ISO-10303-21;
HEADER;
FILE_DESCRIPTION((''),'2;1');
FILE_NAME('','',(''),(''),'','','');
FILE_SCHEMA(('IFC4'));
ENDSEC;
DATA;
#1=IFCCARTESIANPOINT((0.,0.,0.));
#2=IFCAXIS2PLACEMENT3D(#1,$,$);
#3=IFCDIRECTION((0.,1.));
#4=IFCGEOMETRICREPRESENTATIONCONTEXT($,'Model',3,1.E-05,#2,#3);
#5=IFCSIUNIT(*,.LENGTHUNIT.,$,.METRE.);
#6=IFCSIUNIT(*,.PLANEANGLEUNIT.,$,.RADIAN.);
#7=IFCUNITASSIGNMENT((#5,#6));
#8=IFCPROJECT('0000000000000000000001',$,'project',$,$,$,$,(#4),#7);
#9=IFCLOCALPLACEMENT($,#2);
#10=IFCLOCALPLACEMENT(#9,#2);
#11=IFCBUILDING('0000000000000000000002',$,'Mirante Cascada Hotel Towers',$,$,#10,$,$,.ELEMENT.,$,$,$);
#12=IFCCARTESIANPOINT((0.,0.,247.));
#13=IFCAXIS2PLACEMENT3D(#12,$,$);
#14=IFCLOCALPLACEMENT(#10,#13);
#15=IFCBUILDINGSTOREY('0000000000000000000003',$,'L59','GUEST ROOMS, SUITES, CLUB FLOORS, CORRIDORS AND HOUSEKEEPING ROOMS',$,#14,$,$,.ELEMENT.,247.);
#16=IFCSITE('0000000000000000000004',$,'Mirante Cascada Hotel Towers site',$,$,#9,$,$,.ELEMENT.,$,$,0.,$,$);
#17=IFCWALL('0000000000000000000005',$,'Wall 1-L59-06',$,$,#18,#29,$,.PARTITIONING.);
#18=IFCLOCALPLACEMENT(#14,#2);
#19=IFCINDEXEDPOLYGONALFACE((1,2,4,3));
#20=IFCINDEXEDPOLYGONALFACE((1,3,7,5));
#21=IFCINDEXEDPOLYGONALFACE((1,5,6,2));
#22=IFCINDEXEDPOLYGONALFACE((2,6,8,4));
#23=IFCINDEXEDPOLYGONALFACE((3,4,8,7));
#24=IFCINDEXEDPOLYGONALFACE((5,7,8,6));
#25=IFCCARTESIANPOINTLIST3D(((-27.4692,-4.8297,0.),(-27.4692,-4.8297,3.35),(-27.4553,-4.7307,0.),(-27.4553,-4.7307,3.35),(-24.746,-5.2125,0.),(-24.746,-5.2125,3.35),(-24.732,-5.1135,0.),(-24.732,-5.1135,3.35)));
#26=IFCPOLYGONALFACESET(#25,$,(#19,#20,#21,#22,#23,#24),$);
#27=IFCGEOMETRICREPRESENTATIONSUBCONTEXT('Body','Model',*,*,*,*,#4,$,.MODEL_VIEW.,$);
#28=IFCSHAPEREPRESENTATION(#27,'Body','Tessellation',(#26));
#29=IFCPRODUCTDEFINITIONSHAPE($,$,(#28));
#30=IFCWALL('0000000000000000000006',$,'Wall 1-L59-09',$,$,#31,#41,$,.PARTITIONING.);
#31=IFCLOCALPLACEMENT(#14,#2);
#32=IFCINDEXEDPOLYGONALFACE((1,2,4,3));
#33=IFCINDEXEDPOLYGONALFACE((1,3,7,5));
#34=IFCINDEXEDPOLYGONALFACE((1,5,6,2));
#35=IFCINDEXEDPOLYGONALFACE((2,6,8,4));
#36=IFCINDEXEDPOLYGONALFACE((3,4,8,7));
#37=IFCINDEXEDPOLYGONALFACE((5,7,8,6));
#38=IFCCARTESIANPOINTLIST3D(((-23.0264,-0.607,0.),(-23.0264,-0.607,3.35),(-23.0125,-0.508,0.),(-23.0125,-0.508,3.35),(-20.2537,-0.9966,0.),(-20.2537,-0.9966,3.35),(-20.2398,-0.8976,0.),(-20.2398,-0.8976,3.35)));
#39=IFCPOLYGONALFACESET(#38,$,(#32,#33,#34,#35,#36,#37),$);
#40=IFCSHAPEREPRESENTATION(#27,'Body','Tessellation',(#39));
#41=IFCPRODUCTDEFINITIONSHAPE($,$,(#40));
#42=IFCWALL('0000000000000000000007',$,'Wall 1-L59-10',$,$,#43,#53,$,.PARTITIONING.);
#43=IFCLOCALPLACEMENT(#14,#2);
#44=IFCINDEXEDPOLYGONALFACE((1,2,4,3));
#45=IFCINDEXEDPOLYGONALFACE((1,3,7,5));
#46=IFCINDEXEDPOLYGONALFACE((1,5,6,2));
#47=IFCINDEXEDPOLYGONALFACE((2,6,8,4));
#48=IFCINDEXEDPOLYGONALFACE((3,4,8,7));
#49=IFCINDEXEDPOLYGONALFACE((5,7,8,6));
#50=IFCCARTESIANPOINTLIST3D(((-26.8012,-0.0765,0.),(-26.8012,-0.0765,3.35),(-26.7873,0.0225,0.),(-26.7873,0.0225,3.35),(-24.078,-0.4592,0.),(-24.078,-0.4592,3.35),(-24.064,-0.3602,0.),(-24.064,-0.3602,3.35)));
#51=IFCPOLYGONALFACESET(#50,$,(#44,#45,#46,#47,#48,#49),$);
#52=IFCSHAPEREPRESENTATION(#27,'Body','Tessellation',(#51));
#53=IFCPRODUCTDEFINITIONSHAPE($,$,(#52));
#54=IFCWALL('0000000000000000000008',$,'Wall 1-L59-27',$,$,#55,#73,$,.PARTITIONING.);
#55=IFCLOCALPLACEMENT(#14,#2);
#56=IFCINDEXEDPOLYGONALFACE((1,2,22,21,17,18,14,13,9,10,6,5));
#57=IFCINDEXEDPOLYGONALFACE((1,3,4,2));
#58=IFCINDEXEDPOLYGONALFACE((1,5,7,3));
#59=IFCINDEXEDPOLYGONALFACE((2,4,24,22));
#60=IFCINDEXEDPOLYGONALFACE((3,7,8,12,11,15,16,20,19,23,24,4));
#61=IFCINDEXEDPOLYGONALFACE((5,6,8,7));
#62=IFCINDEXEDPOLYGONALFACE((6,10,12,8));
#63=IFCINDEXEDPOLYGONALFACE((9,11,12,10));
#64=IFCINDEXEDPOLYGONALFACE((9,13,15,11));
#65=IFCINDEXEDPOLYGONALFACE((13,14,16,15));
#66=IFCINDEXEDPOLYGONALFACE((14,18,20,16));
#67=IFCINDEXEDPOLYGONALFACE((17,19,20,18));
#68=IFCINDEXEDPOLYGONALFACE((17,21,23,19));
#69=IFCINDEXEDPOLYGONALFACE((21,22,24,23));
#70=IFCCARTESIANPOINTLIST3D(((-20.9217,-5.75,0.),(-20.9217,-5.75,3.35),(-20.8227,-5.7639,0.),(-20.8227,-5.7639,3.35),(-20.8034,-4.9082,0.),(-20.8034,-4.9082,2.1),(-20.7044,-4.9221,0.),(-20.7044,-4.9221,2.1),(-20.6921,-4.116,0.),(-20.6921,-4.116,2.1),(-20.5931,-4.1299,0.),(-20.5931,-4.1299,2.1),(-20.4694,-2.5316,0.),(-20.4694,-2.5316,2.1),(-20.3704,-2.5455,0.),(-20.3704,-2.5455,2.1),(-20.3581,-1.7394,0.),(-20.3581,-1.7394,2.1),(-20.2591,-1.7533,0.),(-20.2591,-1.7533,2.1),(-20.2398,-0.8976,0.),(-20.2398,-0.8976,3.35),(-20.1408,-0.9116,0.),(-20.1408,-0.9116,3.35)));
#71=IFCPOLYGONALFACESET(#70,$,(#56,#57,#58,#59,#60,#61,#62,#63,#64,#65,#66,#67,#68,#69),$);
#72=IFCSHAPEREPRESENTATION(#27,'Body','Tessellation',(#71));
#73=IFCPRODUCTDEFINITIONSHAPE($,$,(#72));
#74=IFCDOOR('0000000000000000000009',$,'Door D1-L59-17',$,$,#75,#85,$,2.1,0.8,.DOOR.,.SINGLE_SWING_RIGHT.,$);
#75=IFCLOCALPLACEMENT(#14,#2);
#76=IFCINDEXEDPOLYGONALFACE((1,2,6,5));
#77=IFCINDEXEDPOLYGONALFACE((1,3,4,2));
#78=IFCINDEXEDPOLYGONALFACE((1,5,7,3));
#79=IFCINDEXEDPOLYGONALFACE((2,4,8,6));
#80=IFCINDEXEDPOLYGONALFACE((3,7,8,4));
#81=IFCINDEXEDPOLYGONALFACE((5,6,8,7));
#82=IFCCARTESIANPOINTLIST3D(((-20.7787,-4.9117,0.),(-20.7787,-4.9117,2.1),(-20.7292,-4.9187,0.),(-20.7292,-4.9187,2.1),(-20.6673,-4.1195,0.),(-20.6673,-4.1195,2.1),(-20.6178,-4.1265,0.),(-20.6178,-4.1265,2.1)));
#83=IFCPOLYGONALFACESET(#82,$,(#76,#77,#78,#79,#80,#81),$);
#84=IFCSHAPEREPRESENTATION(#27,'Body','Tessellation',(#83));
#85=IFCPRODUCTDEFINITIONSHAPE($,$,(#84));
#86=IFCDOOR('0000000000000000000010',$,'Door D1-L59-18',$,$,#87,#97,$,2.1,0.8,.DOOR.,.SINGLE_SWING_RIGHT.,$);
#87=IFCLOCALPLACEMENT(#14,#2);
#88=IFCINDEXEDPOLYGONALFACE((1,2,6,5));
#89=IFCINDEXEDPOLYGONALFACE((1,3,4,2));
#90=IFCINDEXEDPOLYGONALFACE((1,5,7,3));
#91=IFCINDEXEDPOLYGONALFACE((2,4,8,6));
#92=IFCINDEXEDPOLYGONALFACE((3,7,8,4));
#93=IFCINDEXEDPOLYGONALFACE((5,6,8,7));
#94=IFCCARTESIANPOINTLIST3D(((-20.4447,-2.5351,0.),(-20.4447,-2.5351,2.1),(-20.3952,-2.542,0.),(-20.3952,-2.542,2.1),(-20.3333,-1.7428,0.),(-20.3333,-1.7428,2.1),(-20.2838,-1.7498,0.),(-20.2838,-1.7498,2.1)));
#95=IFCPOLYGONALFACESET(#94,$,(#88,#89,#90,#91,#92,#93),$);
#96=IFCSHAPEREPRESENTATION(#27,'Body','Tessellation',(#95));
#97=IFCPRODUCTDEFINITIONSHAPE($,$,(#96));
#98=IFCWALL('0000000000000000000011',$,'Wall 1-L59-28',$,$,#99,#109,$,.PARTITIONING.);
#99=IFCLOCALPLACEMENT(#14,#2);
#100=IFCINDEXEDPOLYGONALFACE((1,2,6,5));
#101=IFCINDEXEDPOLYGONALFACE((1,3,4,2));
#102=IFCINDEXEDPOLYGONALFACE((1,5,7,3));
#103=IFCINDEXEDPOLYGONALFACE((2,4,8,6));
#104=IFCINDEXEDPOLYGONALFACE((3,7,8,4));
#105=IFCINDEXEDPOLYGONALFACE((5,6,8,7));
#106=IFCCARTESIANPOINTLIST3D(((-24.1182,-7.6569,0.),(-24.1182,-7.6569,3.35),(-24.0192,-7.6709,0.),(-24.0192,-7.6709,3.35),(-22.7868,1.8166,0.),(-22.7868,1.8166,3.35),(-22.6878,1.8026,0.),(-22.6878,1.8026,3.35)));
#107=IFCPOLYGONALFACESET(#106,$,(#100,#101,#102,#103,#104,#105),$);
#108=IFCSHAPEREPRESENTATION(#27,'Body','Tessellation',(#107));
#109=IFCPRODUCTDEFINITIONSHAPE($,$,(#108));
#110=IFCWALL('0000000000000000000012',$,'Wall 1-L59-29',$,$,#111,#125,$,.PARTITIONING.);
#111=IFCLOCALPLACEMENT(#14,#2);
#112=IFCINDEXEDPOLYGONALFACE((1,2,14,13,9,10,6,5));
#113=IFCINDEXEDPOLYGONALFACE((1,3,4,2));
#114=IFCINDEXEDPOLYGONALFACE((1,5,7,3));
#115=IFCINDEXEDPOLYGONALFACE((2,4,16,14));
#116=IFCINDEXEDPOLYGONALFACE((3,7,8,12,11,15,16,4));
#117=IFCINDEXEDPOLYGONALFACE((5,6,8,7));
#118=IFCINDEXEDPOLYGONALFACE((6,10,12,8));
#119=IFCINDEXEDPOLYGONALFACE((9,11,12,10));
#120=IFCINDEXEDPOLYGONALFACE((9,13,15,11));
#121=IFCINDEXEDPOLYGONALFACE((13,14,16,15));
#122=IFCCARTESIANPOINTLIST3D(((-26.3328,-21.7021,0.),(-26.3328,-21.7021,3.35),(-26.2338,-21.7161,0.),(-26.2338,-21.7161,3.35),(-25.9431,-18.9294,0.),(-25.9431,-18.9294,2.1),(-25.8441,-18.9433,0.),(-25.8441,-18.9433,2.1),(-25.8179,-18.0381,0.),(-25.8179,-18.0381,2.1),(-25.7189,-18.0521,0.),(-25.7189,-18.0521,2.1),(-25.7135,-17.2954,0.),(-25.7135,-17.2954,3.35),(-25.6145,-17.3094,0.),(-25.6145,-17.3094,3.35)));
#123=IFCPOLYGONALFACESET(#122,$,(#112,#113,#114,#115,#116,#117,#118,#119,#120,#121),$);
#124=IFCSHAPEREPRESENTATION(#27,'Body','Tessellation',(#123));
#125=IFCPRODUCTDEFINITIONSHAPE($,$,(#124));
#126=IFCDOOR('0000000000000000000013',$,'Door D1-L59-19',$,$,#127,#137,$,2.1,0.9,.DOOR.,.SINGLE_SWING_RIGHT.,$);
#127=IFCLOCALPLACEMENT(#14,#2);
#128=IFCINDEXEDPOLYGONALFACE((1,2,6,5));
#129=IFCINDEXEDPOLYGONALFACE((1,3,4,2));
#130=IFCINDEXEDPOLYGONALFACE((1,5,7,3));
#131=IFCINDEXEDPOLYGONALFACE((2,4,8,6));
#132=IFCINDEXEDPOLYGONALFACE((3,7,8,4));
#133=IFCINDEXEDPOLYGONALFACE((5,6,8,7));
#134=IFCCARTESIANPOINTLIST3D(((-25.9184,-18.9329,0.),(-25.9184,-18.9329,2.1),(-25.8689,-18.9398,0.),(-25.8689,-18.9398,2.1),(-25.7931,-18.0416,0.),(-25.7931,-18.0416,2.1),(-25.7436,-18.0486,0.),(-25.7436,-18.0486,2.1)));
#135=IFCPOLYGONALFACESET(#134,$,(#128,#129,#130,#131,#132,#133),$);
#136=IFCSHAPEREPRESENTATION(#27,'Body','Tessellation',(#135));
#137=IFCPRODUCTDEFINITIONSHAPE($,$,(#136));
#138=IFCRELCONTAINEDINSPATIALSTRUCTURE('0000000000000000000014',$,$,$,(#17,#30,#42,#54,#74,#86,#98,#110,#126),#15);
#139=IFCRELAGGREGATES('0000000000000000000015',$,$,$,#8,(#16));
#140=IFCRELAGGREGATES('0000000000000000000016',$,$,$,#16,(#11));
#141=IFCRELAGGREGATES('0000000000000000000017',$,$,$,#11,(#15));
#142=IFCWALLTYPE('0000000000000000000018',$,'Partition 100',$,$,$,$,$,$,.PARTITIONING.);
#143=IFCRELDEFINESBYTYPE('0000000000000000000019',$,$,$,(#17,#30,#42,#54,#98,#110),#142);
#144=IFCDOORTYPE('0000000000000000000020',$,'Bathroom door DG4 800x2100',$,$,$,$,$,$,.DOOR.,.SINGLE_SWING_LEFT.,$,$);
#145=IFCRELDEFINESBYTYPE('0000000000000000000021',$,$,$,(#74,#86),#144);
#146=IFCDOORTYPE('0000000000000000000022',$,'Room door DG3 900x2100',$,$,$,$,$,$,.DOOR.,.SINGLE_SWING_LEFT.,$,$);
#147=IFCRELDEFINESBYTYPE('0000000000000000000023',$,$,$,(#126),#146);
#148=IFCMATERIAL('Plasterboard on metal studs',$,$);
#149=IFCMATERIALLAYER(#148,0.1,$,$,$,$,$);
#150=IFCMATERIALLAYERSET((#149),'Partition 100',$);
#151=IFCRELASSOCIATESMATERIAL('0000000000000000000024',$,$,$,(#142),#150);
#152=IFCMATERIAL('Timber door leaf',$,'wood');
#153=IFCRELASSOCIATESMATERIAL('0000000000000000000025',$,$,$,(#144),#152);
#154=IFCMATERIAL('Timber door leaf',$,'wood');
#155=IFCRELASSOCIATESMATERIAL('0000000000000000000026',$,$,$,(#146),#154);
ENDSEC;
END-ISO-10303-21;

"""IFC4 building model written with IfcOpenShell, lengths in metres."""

from ifc_helpers import new_model, si_unit, direction, frame, frame_2d, origin, place, context, subcontext, project, spatial, rectangle, extrude, material, layer, layer_set, type_object, element, fill, save


model = new_model("IFC4")

# Units and contexts
model_context = context("Model", 3, precision=1e-05, world=origin(), true_north=direction((0.0, 1.0)))
body_context = subcontext(model_context, "Body", "Model", "MODEL_VIEW")
ifc_project = project(units=[si_unit("LENGTHUNIT", "METRE"), si_unit("PLANEANGLEUNIT", "RADIAN")], contexts=[model_context])

# Site, building, storey
site_placement = place(None, origin())
site = spatial("IfcSite", under=ifc_project, at=site_placement, Name="Mirante Cascada Hotel Towers site", CompositionType="ELEMENT", RefElevation=0.0)
building_placement = place(site_placement, origin())
building = spatial("IfcBuilding", under=site, at=building_placement, Name="Mirante Cascada Hotel Towers", CompositionType="ELEMENT")
storey_placement = place(building_placement, frame((0.0, 0.0, 247.0)))
storey = spatial("IfcBuildingStorey", under=building, at=storey_placement, Name="L59", Description="GUEST ROOMS, SUITES, CLUB FLOORS, CORRIDORS AND HOUSEKEEPING ROOMS", CompositionType="ELEMENT", Elevation=247.0)

# Walls
ifc_material_1 = material(Name="Plasterboard on metal studs")
ifc_layer_1 = layer(ifc_material_1, 0.1)
ifc_layer_set_1 = layer_set([ifc_layer_1], Name="Partition 100")
wall_type_1 = type_object("IfcWallType", Name="Partition 100", PredefinedType="PARTITIONING", material=ifc_layer_set_1)
wall_1_placement = place(storey_placement, frame((-24.739, -5.163, 0.0), z_axis=(0.0, 0.0, 1.0), x_axis=(-0.990264, 0.139201, 0.0)))
element("IfcWall", 1, at=wall_1_placement, inside=storey, type_object=wall_type_1, Name="Wall 1-L59-06", PredefinedType="PARTITIONING", context=body_context, shape_type="SweptSolid", body=[
    extrude(rectangle(XDim=2.75, YDim=0.1, at=frame_2d((1.375, 0.0))), origin(), (0.0, 0.0, 1.0), 3.35),
])
wall_2_placement = place(storey_placement, frame((-23.0195, -0.5575, 0.0), z_axis=(0.0, 0.0, 1.0), x_axis=(0.990272, -0.139146, 0.0)))
element("IfcWall", 2, at=wall_2_placement, inside=storey, type_object=wall_type_1, Name="Wall 1-L59-09", PredefinedType="PARTITIONING", context=body_context, shape_type="SweptSolid", body=[
    extrude(rectangle(XDim=2.7999, YDim=0.1, at=frame_2d((1.4, 0.0))), origin(), (0.0, 0.0, 1.0), 3.35),
])
wall_3_placement = place(storey_placement, frame((-24.071, -0.4097, 0.0), z_axis=(0.0, 0.0, 1.0), x_axis=(-0.990269, 0.139166, 0.0)))
element("IfcWall", 3, at=wall_3_placement, inside=storey, type_object=wall_type_1, Name="Wall 1-L59-10", PredefinedType="PARTITIONING", context=body_context, shape_type="SweptSolid", body=[
    extrude(rectangle(XDim=2.75, YDim=0.1, at=frame_2d((1.375, 0.0))), origin(), (0.0, 0.0, 1.0), 3.35),
])

# Wall, openings, doors
wall_4_placement = place(storey_placement, frame((-20.1903, -0.9046, 0.0), z_axis=(0.0, 0.0, 1.0), x_axis=(-0.139164, -0.990269, 0.0)))
wall_4 = element("IfcWall", 4, at=wall_4_placement, inside=storey, type_object=wall_type_1, Name="Wall 1-L59-27", PredefinedType="PARTITIONING", context=body_context, shape_type="SweptSolid", body=[
    extrude(rectangle(XDim=4.9, YDim=0.1, at=frame_2d((2.45, 0.0))), origin(), (0.0, 0.0, 1.0), 3.35),
])
opening_1_placement = place(wall_4_placement, frame((3.25, 0.0, 0.0)))
opening_1 = element("IfcOpeningElement", 5, at=opening_1_placement, cuts=wall_4, PredefinedType="OPENING", context=body_context, shape_type="SweptSolid", body=[
    extrude(rectangle(XDim=0.8, YDim=2.1, at=frame_2d((0.4, 1.05))), frame((0.0, 0.05, 0.0), z_axis=(0.0, -1.0, 0.0), x_axis=(1.0, 0.0, 0.0)), (0.0, 0.0, 1.0), 0.1),
])
opening_2_placement = place(wall_4_placement, frame((0.85, 0.0, 0.0)))
opening_2 = element("IfcOpeningElement", 6, at=opening_2_placement, cuts=wall_4, PredefinedType="OPENING", context=body_context, shape_type="SweptSolid", body=[
    extrude(rectangle(XDim=0.8, YDim=2.1, at=frame_2d((0.4, 1.05))), frame((0.0, 0.05, 0.0), z_axis=(0.0, -1.0, 0.0), x_axis=(1.0, 0.0, 0.0)), (0.0, 0.0, 1.0), 0.1),
])
ifc_material_2 = material(Name="Timber door leaf", Category="wood")
door_type_1 = type_object("IfcDoorType", Name="Bathroom door DG4 800x2100", OperationType="SINGLE_SWING_LEFT", PredefinedType="DOOR", material=ifc_material_2)
door_1_placement = place(opening_1_placement, frame((0.8, 0.0, 0.0), z_axis=(0.0, 0.0, 1.0), x_axis=(-1.0, 0.0, 0.0)))
door_1 = element("IfcDoor", 7, at=door_1_placement, inside=storey, type_object=door_type_1, Name="Door D1-L59-17", OperationType="SINGLE_SWING_RIGHT", OverallHeight=2.1, OverallWidth=0.8, PredefinedType="DOOR", context=body_context, shape_type="SweptSolid", body=[
    extrude(rectangle(XDim=0.8, YDim=2.1, at=frame_2d((0.4, 1.05))), frame((0.0, 0.025, 0.0), z_axis=(0.0, -1.0, 0.0), x_axis=(1.0, 0.0, 0.0)), (0.0, 0.0, 1.0), 0.05),
])
fill(opening_1, door_1)
door_2_placement = place(opening_2_placement, frame((0.8, 0.0, 0.0), z_axis=(0.0, 0.0, 1.0), x_axis=(-1.0, 0.0, 0.0)))
door_2 = element("IfcDoor", 8, at=door_2_placement, inside=storey, type_object=door_type_1, Name="Door D1-L59-18", OperationType="SINGLE_SWING_RIGHT", OverallHeight=2.1, OverallWidth=0.8, PredefinedType="DOOR", context=body_context, shape_type="SweptSolid", body=[
    extrude(rectangle(XDim=0.8, YDim=2.1, at=frame_2d((0.4, 1.05))), frame((0.0, 0.025, 0.0), z_axis=(0.0, -1.0, 0.0), x_axis=(1.0, 0.0, 0.0)), (0.0, 0.0, 1.0), 0.05),
])
fill(opening_2, door_2)

# Wall
wall_5_placement = place(storey_placement, frame((-24.0687, -7.6639, 0.0), z_axis=(0.0, 0.0, 1.0), x_axis=(0.139172, 0.990268, 0.0)))
element("IfcWall", 9, at=wall_5_placement, inside=storey, type_object=wall_type_1, Name="Wall 1-L59-28", PredefinedType="PARTITIONING", context=body_context, shape_type="SweptSolid", body=[
    extrude(rectangle(XDim=9.5666, YDim=0.1, at=frame_2d((4.7833, 0.0))), origin(), (0.0, 0.0, 1.0), 3.35),
])

# Wall, opening, door
wall_6_placement = place(storey_placement, frame((-25.664, -17.3024, 0.0), z_axis=(0.0, 0.0, 1.0), x_axis=(-0.139168, -0.990269, 0.0)))
wall_6 = element("IfcWall", 10, at=wall_6_placement, inside=storey, type_object=wall_type_1, Name="Wall 1-L59-29", PredefinedType="PARTITIONING", context=body_context, shape_type="SweptSolid", body=[
    extrude(rectangle(XDim=4.45, YDim=0.1, at=frame_2d((2.225, 0.0))), origin(), (0.0, 0.0, 1.0), 3.35),
])
opening_3_placement = place(wall_6_placement, frame((0.75, 0.0, 0.0)))
opening_3 = element("IfcOpeningElement", 11, at=opening_3_placement, cuts=wall_6, PredefinedType="OPENING", context=body_context, shape_type="SweptSolid", body=[
    extrude(rectangle(XDim=0.9, YDim=2.1, at=frame_2d((0.45, 1.05))), frame((0.0, 0.05, 0.0), z_axis=(0.0, -1.0, 0.0), x_axis=(1.0, 0.0, 0.0)), (0.0, 0.0, 1.0), 0.1),
])
ifc_material_3 = material(Name="Timber door leaf", Category="wood")
door_type_2 = type_object("IfcDoorType", Name="Room door DG3 900x2100", OperationType="SINGLE_SWING_LEFT", PredefinedType="DOOR", material=ifc_material_3)
door_3_placement = place(opening_3_placement, frame((0.9, 0.0, 0.0), z_axis=(0.0, 0.0, 1.0), x_axis=(-1.0, 0.0, 0.0)))
door_3 = element("IfcDoor", 12, at=door_3_placement, inside=storey, type_object=door_type_2, Name="Door D1-L59-19", OperationType="SINGLE_SWING_RIGHT", OverallHeight=2.1, OverallWidth=0.9, PredefinedType="DOOR", context=body_context, shape_type="SweptSolid", body=[
    extrude(rectangle(XDim=0.9, YDim=2.1, at=frame_2d((0.45, 1.05))), frame((0.0, 0.025, 0.0), z_axis=(0.0, -1.0, 0.0), x_axis=(1.0, 0.0, 0.0)), (0.0, 0.0, 1.0), 0.05),
])
fill(opening_3, door_3)

save(model, "model.ifc")
